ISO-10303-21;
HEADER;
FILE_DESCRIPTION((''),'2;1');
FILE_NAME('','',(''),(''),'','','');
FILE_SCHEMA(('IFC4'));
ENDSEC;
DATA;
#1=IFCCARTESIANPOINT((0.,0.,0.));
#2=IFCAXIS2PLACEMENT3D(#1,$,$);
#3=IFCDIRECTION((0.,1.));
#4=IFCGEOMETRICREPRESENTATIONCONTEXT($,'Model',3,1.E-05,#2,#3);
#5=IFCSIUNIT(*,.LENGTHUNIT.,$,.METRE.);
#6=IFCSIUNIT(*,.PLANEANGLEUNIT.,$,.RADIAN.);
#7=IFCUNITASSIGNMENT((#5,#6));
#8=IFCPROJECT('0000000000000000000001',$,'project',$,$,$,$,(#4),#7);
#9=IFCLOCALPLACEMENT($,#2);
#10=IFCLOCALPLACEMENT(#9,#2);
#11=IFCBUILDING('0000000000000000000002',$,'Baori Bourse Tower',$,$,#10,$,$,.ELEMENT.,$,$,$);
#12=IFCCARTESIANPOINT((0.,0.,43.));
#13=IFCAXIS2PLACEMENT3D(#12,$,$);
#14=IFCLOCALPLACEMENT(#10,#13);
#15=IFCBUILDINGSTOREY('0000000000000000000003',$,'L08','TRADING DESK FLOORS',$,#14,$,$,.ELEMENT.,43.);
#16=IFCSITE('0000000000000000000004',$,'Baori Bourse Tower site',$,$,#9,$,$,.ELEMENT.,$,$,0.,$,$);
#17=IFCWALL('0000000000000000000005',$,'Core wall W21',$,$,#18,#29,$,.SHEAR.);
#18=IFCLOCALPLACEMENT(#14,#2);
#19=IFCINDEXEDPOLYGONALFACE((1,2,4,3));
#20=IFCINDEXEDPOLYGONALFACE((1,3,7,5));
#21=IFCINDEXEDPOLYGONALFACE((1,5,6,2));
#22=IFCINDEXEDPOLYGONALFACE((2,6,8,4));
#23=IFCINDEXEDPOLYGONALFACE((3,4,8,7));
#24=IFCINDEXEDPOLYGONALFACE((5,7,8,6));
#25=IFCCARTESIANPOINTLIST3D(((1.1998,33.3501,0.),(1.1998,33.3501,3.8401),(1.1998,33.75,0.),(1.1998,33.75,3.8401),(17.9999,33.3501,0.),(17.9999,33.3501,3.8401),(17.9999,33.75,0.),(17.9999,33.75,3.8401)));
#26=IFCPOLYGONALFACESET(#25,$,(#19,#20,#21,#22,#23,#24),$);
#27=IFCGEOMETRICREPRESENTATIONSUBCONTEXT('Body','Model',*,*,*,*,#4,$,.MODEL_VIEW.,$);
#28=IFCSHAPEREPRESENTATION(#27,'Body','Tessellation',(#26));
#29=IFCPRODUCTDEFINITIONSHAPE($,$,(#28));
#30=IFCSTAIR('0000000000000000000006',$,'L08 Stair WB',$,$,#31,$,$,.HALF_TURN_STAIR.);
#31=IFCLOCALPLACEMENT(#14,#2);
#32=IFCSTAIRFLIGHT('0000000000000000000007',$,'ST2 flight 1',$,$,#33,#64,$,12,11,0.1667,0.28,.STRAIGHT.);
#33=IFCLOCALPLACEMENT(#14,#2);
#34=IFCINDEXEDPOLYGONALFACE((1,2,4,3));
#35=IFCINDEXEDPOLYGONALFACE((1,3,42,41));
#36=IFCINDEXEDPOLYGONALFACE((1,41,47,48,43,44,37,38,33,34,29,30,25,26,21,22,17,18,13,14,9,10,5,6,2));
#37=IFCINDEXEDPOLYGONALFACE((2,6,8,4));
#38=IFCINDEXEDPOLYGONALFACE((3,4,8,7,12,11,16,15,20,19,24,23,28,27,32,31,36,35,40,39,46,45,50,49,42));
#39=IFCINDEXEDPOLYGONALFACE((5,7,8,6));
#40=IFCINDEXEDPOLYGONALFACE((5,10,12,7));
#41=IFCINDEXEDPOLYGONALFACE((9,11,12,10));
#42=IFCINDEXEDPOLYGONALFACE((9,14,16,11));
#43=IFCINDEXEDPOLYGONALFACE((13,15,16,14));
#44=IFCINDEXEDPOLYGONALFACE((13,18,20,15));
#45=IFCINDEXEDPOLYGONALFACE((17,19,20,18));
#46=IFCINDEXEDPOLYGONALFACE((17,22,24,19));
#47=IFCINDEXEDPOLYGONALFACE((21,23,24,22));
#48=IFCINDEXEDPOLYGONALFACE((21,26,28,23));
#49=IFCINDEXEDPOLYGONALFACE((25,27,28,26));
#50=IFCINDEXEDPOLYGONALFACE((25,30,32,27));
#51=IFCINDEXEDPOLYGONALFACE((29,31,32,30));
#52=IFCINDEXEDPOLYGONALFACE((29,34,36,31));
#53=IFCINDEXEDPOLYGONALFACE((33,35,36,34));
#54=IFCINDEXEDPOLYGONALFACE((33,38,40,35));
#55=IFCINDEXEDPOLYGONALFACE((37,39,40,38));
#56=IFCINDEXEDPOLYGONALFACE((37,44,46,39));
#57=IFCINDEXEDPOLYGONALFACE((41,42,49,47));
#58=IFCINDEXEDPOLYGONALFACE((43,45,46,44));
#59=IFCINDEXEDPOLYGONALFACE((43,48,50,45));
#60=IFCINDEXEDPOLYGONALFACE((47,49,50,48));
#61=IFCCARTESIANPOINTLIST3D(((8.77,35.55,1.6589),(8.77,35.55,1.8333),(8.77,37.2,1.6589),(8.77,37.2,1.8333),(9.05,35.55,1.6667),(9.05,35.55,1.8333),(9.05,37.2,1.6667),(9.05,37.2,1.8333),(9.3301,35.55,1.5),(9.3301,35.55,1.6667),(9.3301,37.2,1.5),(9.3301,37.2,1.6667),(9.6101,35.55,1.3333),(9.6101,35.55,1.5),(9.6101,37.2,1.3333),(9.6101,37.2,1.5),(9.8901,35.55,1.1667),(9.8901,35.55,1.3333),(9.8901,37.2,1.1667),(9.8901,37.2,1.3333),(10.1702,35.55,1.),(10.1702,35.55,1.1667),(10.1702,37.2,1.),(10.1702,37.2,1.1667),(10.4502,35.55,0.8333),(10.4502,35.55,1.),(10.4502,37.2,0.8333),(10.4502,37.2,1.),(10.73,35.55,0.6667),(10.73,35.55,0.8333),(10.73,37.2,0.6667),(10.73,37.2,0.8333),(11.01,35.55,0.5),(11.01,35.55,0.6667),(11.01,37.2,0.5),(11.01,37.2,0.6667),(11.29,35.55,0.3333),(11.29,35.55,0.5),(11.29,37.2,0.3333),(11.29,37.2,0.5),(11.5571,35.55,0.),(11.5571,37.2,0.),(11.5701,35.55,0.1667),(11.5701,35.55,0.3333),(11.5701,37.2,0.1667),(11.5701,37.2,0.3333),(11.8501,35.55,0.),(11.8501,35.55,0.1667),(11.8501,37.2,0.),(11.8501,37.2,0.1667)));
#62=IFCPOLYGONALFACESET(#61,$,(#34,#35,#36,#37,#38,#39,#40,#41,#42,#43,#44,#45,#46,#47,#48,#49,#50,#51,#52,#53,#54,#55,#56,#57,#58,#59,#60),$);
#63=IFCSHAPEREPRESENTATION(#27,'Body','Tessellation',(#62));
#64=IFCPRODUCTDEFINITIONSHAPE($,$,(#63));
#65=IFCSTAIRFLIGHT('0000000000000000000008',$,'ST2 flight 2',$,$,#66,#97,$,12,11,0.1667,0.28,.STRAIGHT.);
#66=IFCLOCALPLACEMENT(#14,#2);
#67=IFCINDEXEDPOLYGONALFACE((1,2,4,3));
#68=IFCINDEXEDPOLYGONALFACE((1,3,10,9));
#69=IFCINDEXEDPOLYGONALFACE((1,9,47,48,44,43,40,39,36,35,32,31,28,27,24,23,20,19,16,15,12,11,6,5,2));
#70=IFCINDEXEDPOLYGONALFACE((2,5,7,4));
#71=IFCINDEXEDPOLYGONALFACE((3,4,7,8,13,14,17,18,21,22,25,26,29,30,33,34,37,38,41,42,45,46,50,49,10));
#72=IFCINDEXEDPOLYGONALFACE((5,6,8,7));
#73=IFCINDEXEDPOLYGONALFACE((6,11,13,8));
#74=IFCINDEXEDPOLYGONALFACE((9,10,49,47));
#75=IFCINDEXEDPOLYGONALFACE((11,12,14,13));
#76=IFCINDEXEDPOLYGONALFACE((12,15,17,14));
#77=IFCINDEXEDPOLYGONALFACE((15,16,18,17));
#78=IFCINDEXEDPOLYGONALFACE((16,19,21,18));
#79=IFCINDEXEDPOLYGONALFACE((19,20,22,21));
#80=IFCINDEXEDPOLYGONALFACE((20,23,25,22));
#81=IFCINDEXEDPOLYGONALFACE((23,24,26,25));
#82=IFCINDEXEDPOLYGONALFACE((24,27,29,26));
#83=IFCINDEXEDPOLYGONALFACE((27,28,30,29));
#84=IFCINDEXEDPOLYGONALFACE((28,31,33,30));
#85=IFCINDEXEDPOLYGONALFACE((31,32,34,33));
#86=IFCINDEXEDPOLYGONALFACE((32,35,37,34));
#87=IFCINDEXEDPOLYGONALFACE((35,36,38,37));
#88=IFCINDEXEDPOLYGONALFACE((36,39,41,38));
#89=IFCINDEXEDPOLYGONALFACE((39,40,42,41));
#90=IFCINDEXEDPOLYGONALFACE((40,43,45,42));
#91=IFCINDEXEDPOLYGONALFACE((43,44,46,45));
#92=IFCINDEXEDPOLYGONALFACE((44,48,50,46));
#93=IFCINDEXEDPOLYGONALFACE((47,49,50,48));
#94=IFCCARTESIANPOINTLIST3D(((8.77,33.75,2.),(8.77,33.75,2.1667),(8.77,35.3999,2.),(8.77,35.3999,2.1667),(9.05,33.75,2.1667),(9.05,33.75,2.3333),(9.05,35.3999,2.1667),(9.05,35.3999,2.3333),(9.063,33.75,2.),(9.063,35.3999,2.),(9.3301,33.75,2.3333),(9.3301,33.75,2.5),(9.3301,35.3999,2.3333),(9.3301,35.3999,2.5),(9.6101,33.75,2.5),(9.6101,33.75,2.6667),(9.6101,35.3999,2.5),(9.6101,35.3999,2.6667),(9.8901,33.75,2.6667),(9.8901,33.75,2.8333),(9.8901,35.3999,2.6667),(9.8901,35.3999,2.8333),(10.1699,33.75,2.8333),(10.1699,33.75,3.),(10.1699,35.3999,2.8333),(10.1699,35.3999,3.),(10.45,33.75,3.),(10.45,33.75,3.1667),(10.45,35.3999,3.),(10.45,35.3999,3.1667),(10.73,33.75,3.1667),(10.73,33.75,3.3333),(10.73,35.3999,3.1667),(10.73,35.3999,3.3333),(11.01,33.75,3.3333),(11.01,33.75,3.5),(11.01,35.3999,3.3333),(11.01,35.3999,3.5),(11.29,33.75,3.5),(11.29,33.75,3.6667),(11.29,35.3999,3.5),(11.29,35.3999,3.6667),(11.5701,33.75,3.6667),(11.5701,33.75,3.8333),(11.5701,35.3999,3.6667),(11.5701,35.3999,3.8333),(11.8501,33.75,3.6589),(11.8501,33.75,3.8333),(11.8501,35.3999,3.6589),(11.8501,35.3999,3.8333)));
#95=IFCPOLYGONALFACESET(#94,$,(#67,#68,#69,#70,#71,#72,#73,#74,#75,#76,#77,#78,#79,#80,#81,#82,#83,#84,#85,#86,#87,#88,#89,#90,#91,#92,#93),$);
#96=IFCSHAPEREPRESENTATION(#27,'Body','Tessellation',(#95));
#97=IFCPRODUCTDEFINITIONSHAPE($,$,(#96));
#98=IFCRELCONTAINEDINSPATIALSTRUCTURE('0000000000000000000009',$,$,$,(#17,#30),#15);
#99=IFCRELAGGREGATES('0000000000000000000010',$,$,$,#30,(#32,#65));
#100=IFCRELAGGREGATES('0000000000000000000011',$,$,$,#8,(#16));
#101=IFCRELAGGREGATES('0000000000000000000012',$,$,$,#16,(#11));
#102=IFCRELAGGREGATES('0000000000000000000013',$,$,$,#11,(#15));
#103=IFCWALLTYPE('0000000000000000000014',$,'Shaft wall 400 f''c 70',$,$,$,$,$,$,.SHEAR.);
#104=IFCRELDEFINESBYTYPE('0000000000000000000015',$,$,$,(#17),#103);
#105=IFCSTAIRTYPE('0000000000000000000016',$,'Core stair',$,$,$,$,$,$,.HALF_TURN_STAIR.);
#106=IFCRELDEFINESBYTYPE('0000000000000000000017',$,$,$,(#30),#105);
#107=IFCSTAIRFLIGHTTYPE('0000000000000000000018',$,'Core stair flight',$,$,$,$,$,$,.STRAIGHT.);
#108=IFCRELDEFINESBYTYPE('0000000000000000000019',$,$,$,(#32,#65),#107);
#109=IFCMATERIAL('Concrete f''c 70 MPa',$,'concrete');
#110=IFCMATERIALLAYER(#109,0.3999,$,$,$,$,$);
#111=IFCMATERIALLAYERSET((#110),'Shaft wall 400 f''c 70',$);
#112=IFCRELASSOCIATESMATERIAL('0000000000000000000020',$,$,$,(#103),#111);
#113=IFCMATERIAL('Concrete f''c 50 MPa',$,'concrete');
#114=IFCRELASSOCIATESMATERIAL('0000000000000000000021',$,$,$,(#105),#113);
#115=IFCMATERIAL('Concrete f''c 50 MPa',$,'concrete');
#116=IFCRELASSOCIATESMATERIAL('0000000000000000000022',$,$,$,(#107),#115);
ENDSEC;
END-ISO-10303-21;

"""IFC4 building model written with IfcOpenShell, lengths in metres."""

from ifc_helpers import new_model, si_unit, direction, frame, frame_2d, origin, place, context, subcontext, project, spatial, polyline, rectangle, outline, extrude, material, layer, layer_set, type_object, element, aggregate, save


model = new_model("IFC4")

# Units and contexts
model_context = context("Model", 3, precision=1e-05, world=origin(), true_north=direction((0.0, 1.0)))
body_context = subcontext(model_context, "Body", "Model", "MODEL_VIEW")
ifc_project = project(units=[si_unit("LENGTHUNIT", "METRE"), si_unit("PLANEANGLEUNIT", "RADIAN")], contexts=[model_context])

# Site, building, storey
site_placement = place(None, origin())
site = spatial("IfcSite", under=ifc_project, at=site_placement, Name="Baori Bourse Tower site", CompositionType="ELEMENT", RefElevation=0.0)
building_placement = place(site_placement, origin())
building = spatial("IfcBuilding", under=site, at=building_placement, Name="Baori Bourse Tower", CompositionType="ELEMENT")
storey_placement = place(building_placement, frame((0.0, 0.0, 43.0)))
storey = spatial("IfcBuildingStorey", under=building, at=storey_placement, Name="L08", Description="TRADING DESK FLOORS", CompositionType="ELEMENT", Elevation=43.0)

# Shared definitions
ifc_material_1 = material(Name="Concrete f'c 70 MPa", Category="concrete")
ifc_layer_1 = layer(ifc_material_1, 0.3999)
ifc_layer_set_1 = layer_set([ifc_layer_1], Name="Shaft wall 400 f'c 70")
wall_type_1 = type_object("IfcWallType", Name="Shaft wall 400 f'c 70", PredefinedType="SHEAR", material=ifc_layer_set_1)

# Wall
wall_1_placement = place(storey_placement, frame((1.2, 33.55, 0.0), z_axis=(0.0, 0.0, 1.0), x_axis=(1.0, 0.0, 0.0)))
element("IfcWall", 1, at=wall_1_placement, inside=storey, type_object=wall_type_1, Name="Core wall W21", PredefinedType="SHEAR", context=body_context, shape_type="SweptSolid", body=[
    extrude(rectangle(XDim=16.8, YDim=0.3999, at=frame_2d((8.3999, 0.0))), origin(), (0.0, 0.0, 1.0), 3.8401),
])

# Stair, stair flights
ifc_material_2 = material(Name="Concrete f'c 50 MPa", Category="concrete")
stair_type = type_object("IfcStairType", Name="Core stair", PredefinedType="HALF_TURN_STAIR", material=ifc_material_2)
stair_placement = place(storey_placement, origin())
stair = element("IfcStair", 2, at=stair_placement, inside=storey, type_object=stair_type, Name="L08 Stair WB", PredefinedType="HALF_TURN_STAIR")
ifc_material_3 = material(Name="Concrete f'c 50 MPa", Category="concrete")
stair_flight_type = type_object("IfcStairFlightType", Name="Core stair flight", PredefinedType="STRAIGHT", material=ifc_material_3)
stair_flight_1_placement = place(storey_placement, frame((11.8501, 36.375, 0.0), z_axis=(0.0, 0.0, 1.0), x_axis=(-1.0, 0.0, 0.0)))
stair_flight_1 = element("IfcStairFlight", 3, at=stair_flight_1_placement, type_object=stair_flight_type, Name="ST2 flight 1", NumberOfRisers=12, NumberOfTreads=11, PredefinedType="STRAIGHT", RiserHeight=0.1667, TreadLength=0.28, context=body_context, shape_type="SweptSolid", body=[
    extrude(outline(polyline([(0.0, 0.0), (0.0, 0.1667), (0.28, 0.1667), (0.28, 0.3333), (0.5601, 0.3333), (0.5601, 0.5), (0.8401, 0.5), (0.8401, 0.6667), (1.1201, 0.6667), (1.1201, 0.8333), (1.3999, 0.8333), (1.3999, 1.0), (1.6799, 1.0), (1.6799, 1.1667), (1.96, 1.1667), (1.96, 1.3333), (2.24, 1.3333), (2.24, 1.5), (2.52, 1.5), (2.52, 1.6667), (2.8, 1.6667), (2.8, 1.8333), (3.0801, 1.8333), (3.0801, 2.0), (3.0801, 1.6589), (0.293, 0.0), (0.0, 0.0)])), frame((0.0, 0.825, 0.0), z_axis=(0.0, -1.0, 0.0), x_axis=(1.0, 0.0, 0.0)), (0.0, 0.0, 1.0), 1.6499),
])
stair_flight_2_placement = place(storey_placement, frame((8.77, 34.575, 2.0), z_axis=(0.0, 0.0, 1.0), x_axis=(1.0, 0.0, 0.0)))
stair_flight_2 = element("IfcStairFlight", 4, at=stair_flight_2_placement, type_object=stair_flight_type, Name="ST2 flight 2", NumberOfRisers=12, NumberOfTreads=11, PredefinedType="STRAIGHT", RiserHeight=0.1667, TreadLength=0.28, context=body_context, shape_type="SweptSolid", body=[
    extrude(outline(polyline([(0.0, 0.0), (0.0, 0.1667), (0.28, 0.1667), (0.28, 0.3333), (0.5601, 0.3333), (0.5601, 0.5), (0.8401, 0.5), (0.8401, 0.6667), (1.1201, 0.6667), (1.1201, 0.8333), (1.3999, 0.8333), (1.3999, 1.0), (1.6799, 1.0), (1.6799, 1.1667), (1.96, 1.1667), (1.96, 1.3333), (2.24, 1.3333), (2.24, 1.5), (2.52, 1.5), (2.52, 1.6667), (2.8, 1.6667), (2.8, 1.8333), (3.0801, 1.8333), (3.0801, 2.0), (3.0801, 1.6589), (0.293, 0.0), (0.0, 0.0)])), frame((0.0, 0.825, 0.0), z_axis=(0.0, -1.0, 0.0), x_axis=(1.0, 0.0, 0.0)), (0.0, 0.0, 1.0), 1.6499),
])
aggregate(stair, [stair_flight_1, stair_flight_2])

save(model, "model.ifc")
